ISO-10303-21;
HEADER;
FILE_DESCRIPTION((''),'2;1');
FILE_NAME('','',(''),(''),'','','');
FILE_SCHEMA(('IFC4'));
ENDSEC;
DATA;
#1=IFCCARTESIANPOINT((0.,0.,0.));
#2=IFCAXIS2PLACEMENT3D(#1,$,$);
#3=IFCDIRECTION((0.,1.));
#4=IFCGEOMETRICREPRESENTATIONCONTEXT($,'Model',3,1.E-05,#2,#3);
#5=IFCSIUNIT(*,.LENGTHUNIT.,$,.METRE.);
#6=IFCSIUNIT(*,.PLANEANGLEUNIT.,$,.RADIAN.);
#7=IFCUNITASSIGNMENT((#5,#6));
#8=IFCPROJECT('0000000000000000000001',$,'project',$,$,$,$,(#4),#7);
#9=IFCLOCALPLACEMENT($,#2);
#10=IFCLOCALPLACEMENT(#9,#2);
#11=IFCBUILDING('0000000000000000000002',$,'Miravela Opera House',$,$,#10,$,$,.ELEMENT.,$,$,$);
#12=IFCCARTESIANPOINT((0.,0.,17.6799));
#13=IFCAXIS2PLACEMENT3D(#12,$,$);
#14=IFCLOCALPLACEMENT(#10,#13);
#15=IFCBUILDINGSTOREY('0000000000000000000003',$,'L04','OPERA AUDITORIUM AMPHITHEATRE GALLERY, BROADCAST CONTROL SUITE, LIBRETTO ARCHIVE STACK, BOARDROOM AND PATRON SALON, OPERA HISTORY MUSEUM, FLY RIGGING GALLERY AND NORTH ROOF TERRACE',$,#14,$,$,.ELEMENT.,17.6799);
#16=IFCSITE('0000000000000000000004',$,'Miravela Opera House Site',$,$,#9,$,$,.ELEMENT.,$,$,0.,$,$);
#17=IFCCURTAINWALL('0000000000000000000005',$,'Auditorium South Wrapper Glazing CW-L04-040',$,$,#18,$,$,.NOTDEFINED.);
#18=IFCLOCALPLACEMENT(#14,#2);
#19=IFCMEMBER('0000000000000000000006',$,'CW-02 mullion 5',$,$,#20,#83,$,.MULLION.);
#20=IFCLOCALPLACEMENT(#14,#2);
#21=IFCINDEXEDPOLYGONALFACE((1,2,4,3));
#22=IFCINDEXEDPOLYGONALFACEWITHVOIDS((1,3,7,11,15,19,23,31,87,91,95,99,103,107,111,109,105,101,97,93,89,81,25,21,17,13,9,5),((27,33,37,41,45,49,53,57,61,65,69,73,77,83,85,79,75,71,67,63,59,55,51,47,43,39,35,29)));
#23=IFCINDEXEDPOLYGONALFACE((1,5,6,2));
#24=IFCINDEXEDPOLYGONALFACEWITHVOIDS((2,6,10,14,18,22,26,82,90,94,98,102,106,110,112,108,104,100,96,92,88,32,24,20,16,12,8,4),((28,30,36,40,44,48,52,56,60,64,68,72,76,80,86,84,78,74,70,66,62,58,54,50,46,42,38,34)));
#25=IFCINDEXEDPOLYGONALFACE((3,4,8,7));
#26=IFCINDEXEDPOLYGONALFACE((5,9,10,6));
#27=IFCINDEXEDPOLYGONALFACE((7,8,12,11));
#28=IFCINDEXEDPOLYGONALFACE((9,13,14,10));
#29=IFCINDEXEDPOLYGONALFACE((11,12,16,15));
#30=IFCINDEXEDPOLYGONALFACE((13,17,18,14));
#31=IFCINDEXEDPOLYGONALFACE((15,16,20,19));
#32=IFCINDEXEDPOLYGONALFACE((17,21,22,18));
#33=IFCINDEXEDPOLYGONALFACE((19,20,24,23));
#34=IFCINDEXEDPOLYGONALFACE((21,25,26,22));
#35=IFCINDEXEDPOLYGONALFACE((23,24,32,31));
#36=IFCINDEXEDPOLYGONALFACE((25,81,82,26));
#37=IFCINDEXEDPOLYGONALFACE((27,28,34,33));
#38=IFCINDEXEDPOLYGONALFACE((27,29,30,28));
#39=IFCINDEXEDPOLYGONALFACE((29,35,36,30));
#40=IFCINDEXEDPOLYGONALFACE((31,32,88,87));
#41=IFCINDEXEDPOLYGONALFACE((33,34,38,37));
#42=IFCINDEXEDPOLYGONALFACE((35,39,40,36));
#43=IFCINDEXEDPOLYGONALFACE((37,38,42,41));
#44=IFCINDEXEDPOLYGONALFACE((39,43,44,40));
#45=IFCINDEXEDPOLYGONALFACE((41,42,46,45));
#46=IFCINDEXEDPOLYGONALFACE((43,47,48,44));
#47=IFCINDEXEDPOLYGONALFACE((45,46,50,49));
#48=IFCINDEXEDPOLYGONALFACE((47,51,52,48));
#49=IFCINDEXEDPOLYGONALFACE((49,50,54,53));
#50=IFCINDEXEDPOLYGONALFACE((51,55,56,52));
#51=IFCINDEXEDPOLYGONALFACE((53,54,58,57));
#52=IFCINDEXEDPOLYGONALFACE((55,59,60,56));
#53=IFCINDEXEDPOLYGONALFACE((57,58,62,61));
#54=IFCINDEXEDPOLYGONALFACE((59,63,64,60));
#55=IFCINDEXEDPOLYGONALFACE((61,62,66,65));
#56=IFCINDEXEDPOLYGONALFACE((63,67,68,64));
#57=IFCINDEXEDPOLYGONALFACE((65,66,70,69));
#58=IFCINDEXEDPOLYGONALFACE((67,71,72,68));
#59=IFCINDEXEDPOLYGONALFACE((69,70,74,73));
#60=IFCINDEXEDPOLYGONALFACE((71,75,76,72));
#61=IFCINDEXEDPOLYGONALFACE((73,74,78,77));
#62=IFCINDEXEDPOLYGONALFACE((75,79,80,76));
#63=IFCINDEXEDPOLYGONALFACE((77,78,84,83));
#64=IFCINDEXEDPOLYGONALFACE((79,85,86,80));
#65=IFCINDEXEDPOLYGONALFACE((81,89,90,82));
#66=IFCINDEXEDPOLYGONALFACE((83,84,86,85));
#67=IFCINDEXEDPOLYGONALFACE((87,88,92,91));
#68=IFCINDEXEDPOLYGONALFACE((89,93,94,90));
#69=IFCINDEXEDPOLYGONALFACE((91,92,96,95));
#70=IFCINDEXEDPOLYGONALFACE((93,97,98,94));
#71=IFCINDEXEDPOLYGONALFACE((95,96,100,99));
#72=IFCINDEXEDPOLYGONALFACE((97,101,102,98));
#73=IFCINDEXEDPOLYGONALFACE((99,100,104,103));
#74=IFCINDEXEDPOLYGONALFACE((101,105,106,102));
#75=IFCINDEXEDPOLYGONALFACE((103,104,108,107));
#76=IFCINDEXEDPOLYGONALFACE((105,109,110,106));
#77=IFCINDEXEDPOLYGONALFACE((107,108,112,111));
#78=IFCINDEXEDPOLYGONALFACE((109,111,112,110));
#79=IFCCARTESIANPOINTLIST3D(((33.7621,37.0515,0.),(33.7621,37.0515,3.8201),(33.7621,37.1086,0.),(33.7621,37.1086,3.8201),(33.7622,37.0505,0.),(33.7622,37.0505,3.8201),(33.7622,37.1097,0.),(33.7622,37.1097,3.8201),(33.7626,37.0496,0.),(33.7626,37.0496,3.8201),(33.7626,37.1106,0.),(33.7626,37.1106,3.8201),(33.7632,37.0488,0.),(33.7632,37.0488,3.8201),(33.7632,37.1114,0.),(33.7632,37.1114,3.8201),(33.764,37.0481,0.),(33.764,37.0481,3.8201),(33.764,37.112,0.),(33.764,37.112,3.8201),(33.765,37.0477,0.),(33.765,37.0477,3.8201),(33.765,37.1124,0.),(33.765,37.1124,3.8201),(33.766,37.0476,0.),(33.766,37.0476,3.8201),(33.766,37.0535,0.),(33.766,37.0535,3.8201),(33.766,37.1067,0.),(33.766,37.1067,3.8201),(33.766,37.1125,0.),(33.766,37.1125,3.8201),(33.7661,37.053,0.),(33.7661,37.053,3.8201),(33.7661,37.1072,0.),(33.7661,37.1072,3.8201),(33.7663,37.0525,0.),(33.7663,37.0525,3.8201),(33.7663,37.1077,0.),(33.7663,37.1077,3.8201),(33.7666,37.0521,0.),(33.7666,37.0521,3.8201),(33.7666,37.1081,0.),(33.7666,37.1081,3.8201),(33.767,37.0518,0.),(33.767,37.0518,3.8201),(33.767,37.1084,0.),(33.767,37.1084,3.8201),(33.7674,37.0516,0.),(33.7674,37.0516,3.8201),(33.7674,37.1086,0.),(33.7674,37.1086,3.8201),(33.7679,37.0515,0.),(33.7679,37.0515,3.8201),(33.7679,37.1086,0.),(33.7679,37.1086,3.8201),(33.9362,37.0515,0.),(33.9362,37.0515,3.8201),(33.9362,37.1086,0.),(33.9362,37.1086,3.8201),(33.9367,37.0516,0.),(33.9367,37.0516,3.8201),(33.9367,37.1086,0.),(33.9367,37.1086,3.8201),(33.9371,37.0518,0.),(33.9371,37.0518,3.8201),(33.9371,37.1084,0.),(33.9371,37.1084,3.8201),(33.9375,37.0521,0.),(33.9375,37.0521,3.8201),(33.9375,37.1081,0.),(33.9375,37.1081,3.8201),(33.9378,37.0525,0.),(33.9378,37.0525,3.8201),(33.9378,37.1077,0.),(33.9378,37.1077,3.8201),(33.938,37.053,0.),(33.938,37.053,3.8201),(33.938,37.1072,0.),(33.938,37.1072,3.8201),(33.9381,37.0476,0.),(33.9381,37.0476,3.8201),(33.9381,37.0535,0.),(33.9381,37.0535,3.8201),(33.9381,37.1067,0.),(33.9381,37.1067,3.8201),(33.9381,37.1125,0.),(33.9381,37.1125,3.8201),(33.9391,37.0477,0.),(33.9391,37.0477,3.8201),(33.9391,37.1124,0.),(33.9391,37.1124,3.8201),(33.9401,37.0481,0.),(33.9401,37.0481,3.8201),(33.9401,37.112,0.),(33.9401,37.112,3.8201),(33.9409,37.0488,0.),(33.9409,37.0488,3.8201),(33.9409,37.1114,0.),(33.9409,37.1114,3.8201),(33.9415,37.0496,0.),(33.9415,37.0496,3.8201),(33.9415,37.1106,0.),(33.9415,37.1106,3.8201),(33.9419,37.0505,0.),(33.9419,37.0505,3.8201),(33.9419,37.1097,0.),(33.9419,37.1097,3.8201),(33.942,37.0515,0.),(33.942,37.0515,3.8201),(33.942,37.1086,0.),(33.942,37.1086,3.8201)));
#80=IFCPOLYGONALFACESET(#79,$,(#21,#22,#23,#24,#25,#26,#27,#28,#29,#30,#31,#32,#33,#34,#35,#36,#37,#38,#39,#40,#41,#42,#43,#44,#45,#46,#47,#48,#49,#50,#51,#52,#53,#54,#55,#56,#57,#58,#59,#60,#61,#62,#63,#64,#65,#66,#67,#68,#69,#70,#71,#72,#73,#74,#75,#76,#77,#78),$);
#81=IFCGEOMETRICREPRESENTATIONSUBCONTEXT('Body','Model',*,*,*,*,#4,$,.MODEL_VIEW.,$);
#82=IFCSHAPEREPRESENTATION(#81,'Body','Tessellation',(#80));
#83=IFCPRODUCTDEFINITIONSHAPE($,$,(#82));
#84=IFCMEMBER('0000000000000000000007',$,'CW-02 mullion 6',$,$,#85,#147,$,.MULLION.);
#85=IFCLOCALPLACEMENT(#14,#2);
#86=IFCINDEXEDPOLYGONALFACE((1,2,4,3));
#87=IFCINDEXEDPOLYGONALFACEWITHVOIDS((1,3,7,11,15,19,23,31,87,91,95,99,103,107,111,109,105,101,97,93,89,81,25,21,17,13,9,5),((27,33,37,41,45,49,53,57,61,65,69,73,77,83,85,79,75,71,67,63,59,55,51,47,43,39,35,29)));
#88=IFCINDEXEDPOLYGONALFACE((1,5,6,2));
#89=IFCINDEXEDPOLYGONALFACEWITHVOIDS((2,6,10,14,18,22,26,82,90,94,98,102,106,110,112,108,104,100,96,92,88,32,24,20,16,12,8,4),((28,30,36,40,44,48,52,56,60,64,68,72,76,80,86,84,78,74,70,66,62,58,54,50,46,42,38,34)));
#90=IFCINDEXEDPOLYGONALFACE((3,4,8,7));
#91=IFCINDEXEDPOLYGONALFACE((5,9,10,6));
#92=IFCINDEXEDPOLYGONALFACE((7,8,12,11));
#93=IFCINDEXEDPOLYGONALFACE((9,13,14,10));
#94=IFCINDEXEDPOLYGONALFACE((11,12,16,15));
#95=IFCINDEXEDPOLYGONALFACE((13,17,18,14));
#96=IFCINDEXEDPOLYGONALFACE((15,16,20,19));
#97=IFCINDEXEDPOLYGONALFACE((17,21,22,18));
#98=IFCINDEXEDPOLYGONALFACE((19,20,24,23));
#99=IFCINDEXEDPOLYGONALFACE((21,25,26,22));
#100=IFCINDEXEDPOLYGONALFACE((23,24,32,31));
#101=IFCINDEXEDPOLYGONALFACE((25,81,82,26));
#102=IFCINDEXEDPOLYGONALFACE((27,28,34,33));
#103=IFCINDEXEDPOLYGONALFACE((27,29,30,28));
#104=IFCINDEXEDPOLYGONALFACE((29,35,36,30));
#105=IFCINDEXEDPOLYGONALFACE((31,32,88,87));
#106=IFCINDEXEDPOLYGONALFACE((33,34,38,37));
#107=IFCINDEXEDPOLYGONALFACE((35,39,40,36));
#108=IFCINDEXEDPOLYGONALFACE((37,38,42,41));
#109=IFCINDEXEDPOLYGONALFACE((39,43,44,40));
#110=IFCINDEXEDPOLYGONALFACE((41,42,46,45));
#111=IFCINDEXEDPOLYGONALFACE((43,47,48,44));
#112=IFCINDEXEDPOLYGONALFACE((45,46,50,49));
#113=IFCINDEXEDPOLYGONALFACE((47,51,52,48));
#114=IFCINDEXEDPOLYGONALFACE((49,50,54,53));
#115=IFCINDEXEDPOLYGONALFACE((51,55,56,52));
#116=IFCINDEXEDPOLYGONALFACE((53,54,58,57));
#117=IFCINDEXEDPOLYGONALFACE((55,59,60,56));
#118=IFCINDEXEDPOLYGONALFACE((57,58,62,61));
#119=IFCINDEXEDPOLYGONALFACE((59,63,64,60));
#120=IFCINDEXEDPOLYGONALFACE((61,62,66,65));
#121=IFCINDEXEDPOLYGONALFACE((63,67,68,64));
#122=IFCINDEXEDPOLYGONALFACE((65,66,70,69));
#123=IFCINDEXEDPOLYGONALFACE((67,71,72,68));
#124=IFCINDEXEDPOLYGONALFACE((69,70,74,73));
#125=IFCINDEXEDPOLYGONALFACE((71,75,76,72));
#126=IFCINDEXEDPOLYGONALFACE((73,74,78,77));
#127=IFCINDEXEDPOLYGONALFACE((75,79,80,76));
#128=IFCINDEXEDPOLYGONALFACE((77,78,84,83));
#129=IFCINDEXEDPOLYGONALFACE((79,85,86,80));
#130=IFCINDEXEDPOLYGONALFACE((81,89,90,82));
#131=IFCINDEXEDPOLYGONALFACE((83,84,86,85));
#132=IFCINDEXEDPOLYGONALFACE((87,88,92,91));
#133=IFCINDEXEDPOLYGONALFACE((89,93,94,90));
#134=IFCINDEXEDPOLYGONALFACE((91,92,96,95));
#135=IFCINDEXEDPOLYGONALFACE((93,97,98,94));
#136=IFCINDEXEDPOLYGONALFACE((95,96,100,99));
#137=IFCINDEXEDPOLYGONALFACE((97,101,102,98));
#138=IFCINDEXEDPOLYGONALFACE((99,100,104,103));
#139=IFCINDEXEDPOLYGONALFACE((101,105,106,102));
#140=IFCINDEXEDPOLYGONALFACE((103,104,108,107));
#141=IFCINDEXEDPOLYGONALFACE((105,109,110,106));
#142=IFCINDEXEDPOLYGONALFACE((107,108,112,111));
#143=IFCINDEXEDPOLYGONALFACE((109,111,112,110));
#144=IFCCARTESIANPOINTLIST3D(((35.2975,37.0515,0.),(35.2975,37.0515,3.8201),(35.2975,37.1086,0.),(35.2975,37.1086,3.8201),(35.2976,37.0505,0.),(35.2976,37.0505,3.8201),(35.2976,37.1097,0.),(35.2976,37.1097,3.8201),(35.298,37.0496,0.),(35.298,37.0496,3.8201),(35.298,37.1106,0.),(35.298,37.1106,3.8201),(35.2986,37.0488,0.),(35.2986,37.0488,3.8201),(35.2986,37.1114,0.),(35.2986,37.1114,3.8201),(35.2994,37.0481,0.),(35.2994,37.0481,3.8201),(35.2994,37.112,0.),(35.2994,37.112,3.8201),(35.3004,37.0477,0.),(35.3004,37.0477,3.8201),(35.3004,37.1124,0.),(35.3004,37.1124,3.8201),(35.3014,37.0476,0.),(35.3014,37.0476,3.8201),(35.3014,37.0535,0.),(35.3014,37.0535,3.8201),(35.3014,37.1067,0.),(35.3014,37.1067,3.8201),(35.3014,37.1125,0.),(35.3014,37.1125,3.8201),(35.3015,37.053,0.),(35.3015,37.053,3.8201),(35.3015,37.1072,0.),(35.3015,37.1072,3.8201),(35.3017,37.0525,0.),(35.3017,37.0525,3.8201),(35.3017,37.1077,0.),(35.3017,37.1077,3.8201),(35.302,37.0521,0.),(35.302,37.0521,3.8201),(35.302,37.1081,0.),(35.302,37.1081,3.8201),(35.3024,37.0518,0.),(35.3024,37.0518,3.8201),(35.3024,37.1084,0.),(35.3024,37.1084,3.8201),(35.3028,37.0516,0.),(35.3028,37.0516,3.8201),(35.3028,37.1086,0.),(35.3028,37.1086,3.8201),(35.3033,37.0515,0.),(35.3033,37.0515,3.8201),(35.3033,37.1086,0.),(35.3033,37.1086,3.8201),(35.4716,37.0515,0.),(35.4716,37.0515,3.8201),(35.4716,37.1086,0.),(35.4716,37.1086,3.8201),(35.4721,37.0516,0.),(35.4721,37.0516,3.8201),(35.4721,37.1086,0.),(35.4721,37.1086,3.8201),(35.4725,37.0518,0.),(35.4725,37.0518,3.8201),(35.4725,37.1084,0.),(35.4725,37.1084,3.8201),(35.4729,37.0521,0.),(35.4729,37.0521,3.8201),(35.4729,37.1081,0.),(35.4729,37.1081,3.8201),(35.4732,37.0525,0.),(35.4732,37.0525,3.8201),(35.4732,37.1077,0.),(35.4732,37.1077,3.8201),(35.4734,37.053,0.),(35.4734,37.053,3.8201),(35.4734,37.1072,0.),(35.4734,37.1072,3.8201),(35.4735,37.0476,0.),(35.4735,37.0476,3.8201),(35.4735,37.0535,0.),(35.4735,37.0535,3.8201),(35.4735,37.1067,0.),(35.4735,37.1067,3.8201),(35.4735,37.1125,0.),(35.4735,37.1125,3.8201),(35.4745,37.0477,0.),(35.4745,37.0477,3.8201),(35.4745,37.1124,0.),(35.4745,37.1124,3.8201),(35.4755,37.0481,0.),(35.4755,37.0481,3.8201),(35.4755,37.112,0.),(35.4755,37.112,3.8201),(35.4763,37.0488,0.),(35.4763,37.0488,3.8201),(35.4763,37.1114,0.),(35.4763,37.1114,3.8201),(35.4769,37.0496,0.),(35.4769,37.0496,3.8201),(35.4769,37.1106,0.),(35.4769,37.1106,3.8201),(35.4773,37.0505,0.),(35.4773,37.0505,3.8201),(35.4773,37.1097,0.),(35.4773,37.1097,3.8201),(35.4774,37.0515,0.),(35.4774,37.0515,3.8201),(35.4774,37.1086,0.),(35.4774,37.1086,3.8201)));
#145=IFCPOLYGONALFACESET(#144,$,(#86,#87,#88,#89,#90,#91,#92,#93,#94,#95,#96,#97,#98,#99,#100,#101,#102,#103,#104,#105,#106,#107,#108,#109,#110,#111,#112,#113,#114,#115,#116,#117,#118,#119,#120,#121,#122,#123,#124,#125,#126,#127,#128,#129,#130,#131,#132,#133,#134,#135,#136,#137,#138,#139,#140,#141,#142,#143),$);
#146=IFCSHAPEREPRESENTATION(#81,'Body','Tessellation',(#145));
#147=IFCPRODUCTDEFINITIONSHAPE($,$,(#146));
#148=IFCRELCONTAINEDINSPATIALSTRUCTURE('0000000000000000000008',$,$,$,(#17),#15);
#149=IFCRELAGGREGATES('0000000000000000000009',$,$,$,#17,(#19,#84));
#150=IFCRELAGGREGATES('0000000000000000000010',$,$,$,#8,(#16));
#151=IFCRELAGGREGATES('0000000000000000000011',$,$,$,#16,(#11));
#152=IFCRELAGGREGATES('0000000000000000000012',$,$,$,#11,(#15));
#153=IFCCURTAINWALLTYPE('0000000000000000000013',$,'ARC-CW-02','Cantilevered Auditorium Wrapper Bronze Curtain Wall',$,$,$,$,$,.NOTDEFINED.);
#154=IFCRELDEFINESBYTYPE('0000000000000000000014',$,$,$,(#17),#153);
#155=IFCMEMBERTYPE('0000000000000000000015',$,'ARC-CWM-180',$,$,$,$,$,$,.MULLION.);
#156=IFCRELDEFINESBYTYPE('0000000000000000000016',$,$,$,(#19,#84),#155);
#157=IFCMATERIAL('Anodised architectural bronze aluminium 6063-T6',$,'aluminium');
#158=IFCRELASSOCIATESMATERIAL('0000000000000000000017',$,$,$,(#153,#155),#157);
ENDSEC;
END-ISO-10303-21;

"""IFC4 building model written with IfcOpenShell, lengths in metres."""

from ifc_helpers import new_model, si_unit, direction, frame, origin, origin_2d, place, context, subcontext, project, spatial, hollow_rectangle, extrude, material, material_profile, profile_set, type_object, element, aggregate, save


model = new_model("IFC4")

# Units and contexts
model_context = context("Model", 3, precision=1e-05, world=origin(), true_north=direction((0.0, 1.0)))
body_context = subcontext(model_context, "Body", "Model", "MODEL_VIEW")
ifc_project = project(units=[si_unit("LENGTHUNIT", "METRE"), si_unit("PLANEANGLEUNIT", "RADIAN")], contexts=[model_context])

# Site, building, storey
site_placement = place(None, origin())
site = spatial("IfcSite", under=ifc_project, at=site_placement, Name="Miravela Opera House Site", CompositionType="ELEMENT", RefElevation=0.0)
building_placement = place(site_placement, origin())
building = spatial("IfcBuilding", under=site, at=building_placement, Name="Miravela Opera House", CompositionType="ELEMENT")
storey_placement = place(building_placement, frame((0.0, 0.0, 17.6799)))
storey = spatial("IfcBuildingStorey", under=building, at=storey_placement, Name="L04", Description="OPERA AUDITORIUM AMPHITHEATRE GALLERY, BROADCAST CONTROL SUITE, LIBRETTO ARCHIVE STACK, BOARDROOM AND PATRON SALON, OPERA HISTORY MUSEUM, FLY RIGGING GALLERY AND NORTH ROOF TERRACE", CompositionType="ELEMENT", Elevation=17.6799)

# Curtain wall, members
ifc_material_1 = material(Name="Anodised architectural bronze aluminium 6063-T6", Category="aluminium")
curtain_wall_type = type_object("IfcCurtainWallType", Name="ARC-CW-02", Description="Cantilevered Auditorium Wrapper Bronze Curtain Wall", PredefinedType="NOTDEFINED", material=ifc_material_1)
curtain_wall_1_placement = place(storey_placement, origin())
curtain_wall_1 = element("IfcCurtainWall", 1, at=curtain_wall_1_placement, inside=storey, type_object=curtain_wall_type, Name="Auditorium South Wrapper Glazing CW-L04-040", PredefinedType="NOTDEFINED")
ifc_material_profile_1 = material_profile(ifc_material_1, hollow_rectangle(XDim=0.0649, YDim=0.1799, WallThickness=0.0039, InnerFilletRadius=0.002, OuterFilletRadius=0.0039, at=origin_2d()), Name="CWM-65X180")
ifc_profile_set_1 = profile_set([ifc_material_profile_1])
member_type_1 = type_object("IfcMemberType", Name="ARC-CWM-180", PredefinedType="MULLION", material=ifc_profile_set_1)
member_1_placement = place(storey_placement, frame((33.8521, 37.0801, 0.0), z_axis=(0.0, 0.0, 1.0), x_axis=(0.0, 1.0, 0.0)))
member_1 = element("IfcMember", 2, at=member_1_placement, type_object=member_type_1, Name="CW-02 mullion 5", PredefinedType="MULLION", context=body_context, shape_type="SweptSolid", body=[
    extrude(hollow_rectangle(XDim=0.0649, YDim=0.1799, WallThickness=0.0039, InnerFilletRadius=0.002, OuterFilletRadius=0.0039, at=origin_2d()), origin(), (0.0, 0.0, 1.0), 3.8201),
])
member_2_placement = place(storey_placement, frame((35.3875, 37.0801, 0.0), z_axis=(0.0, 0.0, 1.0), x_axis=(0.0, 1.0, 0.0)))
member_2 = element("IfcMember", 3, at=member_2_placement, type_object=member_type_1, Name="CW-02 mullion 6", PredefinedType="MULLION", context=body_context, shape_type="SweptSolid", body=[
    extrude(hollow_rectangle(XDim=0.0649, YDim=0.1799, WallThickness=0.0039, InnerFilletRadius=0.002, OuterFilletRadius=0.0039, at=origin_2d()), origin(), (0.0, 0.0, 1.0), 3.8201),
])

aggregate(curtain_wall_1, [member_1, member_2])

save(model, "model.ifc")
